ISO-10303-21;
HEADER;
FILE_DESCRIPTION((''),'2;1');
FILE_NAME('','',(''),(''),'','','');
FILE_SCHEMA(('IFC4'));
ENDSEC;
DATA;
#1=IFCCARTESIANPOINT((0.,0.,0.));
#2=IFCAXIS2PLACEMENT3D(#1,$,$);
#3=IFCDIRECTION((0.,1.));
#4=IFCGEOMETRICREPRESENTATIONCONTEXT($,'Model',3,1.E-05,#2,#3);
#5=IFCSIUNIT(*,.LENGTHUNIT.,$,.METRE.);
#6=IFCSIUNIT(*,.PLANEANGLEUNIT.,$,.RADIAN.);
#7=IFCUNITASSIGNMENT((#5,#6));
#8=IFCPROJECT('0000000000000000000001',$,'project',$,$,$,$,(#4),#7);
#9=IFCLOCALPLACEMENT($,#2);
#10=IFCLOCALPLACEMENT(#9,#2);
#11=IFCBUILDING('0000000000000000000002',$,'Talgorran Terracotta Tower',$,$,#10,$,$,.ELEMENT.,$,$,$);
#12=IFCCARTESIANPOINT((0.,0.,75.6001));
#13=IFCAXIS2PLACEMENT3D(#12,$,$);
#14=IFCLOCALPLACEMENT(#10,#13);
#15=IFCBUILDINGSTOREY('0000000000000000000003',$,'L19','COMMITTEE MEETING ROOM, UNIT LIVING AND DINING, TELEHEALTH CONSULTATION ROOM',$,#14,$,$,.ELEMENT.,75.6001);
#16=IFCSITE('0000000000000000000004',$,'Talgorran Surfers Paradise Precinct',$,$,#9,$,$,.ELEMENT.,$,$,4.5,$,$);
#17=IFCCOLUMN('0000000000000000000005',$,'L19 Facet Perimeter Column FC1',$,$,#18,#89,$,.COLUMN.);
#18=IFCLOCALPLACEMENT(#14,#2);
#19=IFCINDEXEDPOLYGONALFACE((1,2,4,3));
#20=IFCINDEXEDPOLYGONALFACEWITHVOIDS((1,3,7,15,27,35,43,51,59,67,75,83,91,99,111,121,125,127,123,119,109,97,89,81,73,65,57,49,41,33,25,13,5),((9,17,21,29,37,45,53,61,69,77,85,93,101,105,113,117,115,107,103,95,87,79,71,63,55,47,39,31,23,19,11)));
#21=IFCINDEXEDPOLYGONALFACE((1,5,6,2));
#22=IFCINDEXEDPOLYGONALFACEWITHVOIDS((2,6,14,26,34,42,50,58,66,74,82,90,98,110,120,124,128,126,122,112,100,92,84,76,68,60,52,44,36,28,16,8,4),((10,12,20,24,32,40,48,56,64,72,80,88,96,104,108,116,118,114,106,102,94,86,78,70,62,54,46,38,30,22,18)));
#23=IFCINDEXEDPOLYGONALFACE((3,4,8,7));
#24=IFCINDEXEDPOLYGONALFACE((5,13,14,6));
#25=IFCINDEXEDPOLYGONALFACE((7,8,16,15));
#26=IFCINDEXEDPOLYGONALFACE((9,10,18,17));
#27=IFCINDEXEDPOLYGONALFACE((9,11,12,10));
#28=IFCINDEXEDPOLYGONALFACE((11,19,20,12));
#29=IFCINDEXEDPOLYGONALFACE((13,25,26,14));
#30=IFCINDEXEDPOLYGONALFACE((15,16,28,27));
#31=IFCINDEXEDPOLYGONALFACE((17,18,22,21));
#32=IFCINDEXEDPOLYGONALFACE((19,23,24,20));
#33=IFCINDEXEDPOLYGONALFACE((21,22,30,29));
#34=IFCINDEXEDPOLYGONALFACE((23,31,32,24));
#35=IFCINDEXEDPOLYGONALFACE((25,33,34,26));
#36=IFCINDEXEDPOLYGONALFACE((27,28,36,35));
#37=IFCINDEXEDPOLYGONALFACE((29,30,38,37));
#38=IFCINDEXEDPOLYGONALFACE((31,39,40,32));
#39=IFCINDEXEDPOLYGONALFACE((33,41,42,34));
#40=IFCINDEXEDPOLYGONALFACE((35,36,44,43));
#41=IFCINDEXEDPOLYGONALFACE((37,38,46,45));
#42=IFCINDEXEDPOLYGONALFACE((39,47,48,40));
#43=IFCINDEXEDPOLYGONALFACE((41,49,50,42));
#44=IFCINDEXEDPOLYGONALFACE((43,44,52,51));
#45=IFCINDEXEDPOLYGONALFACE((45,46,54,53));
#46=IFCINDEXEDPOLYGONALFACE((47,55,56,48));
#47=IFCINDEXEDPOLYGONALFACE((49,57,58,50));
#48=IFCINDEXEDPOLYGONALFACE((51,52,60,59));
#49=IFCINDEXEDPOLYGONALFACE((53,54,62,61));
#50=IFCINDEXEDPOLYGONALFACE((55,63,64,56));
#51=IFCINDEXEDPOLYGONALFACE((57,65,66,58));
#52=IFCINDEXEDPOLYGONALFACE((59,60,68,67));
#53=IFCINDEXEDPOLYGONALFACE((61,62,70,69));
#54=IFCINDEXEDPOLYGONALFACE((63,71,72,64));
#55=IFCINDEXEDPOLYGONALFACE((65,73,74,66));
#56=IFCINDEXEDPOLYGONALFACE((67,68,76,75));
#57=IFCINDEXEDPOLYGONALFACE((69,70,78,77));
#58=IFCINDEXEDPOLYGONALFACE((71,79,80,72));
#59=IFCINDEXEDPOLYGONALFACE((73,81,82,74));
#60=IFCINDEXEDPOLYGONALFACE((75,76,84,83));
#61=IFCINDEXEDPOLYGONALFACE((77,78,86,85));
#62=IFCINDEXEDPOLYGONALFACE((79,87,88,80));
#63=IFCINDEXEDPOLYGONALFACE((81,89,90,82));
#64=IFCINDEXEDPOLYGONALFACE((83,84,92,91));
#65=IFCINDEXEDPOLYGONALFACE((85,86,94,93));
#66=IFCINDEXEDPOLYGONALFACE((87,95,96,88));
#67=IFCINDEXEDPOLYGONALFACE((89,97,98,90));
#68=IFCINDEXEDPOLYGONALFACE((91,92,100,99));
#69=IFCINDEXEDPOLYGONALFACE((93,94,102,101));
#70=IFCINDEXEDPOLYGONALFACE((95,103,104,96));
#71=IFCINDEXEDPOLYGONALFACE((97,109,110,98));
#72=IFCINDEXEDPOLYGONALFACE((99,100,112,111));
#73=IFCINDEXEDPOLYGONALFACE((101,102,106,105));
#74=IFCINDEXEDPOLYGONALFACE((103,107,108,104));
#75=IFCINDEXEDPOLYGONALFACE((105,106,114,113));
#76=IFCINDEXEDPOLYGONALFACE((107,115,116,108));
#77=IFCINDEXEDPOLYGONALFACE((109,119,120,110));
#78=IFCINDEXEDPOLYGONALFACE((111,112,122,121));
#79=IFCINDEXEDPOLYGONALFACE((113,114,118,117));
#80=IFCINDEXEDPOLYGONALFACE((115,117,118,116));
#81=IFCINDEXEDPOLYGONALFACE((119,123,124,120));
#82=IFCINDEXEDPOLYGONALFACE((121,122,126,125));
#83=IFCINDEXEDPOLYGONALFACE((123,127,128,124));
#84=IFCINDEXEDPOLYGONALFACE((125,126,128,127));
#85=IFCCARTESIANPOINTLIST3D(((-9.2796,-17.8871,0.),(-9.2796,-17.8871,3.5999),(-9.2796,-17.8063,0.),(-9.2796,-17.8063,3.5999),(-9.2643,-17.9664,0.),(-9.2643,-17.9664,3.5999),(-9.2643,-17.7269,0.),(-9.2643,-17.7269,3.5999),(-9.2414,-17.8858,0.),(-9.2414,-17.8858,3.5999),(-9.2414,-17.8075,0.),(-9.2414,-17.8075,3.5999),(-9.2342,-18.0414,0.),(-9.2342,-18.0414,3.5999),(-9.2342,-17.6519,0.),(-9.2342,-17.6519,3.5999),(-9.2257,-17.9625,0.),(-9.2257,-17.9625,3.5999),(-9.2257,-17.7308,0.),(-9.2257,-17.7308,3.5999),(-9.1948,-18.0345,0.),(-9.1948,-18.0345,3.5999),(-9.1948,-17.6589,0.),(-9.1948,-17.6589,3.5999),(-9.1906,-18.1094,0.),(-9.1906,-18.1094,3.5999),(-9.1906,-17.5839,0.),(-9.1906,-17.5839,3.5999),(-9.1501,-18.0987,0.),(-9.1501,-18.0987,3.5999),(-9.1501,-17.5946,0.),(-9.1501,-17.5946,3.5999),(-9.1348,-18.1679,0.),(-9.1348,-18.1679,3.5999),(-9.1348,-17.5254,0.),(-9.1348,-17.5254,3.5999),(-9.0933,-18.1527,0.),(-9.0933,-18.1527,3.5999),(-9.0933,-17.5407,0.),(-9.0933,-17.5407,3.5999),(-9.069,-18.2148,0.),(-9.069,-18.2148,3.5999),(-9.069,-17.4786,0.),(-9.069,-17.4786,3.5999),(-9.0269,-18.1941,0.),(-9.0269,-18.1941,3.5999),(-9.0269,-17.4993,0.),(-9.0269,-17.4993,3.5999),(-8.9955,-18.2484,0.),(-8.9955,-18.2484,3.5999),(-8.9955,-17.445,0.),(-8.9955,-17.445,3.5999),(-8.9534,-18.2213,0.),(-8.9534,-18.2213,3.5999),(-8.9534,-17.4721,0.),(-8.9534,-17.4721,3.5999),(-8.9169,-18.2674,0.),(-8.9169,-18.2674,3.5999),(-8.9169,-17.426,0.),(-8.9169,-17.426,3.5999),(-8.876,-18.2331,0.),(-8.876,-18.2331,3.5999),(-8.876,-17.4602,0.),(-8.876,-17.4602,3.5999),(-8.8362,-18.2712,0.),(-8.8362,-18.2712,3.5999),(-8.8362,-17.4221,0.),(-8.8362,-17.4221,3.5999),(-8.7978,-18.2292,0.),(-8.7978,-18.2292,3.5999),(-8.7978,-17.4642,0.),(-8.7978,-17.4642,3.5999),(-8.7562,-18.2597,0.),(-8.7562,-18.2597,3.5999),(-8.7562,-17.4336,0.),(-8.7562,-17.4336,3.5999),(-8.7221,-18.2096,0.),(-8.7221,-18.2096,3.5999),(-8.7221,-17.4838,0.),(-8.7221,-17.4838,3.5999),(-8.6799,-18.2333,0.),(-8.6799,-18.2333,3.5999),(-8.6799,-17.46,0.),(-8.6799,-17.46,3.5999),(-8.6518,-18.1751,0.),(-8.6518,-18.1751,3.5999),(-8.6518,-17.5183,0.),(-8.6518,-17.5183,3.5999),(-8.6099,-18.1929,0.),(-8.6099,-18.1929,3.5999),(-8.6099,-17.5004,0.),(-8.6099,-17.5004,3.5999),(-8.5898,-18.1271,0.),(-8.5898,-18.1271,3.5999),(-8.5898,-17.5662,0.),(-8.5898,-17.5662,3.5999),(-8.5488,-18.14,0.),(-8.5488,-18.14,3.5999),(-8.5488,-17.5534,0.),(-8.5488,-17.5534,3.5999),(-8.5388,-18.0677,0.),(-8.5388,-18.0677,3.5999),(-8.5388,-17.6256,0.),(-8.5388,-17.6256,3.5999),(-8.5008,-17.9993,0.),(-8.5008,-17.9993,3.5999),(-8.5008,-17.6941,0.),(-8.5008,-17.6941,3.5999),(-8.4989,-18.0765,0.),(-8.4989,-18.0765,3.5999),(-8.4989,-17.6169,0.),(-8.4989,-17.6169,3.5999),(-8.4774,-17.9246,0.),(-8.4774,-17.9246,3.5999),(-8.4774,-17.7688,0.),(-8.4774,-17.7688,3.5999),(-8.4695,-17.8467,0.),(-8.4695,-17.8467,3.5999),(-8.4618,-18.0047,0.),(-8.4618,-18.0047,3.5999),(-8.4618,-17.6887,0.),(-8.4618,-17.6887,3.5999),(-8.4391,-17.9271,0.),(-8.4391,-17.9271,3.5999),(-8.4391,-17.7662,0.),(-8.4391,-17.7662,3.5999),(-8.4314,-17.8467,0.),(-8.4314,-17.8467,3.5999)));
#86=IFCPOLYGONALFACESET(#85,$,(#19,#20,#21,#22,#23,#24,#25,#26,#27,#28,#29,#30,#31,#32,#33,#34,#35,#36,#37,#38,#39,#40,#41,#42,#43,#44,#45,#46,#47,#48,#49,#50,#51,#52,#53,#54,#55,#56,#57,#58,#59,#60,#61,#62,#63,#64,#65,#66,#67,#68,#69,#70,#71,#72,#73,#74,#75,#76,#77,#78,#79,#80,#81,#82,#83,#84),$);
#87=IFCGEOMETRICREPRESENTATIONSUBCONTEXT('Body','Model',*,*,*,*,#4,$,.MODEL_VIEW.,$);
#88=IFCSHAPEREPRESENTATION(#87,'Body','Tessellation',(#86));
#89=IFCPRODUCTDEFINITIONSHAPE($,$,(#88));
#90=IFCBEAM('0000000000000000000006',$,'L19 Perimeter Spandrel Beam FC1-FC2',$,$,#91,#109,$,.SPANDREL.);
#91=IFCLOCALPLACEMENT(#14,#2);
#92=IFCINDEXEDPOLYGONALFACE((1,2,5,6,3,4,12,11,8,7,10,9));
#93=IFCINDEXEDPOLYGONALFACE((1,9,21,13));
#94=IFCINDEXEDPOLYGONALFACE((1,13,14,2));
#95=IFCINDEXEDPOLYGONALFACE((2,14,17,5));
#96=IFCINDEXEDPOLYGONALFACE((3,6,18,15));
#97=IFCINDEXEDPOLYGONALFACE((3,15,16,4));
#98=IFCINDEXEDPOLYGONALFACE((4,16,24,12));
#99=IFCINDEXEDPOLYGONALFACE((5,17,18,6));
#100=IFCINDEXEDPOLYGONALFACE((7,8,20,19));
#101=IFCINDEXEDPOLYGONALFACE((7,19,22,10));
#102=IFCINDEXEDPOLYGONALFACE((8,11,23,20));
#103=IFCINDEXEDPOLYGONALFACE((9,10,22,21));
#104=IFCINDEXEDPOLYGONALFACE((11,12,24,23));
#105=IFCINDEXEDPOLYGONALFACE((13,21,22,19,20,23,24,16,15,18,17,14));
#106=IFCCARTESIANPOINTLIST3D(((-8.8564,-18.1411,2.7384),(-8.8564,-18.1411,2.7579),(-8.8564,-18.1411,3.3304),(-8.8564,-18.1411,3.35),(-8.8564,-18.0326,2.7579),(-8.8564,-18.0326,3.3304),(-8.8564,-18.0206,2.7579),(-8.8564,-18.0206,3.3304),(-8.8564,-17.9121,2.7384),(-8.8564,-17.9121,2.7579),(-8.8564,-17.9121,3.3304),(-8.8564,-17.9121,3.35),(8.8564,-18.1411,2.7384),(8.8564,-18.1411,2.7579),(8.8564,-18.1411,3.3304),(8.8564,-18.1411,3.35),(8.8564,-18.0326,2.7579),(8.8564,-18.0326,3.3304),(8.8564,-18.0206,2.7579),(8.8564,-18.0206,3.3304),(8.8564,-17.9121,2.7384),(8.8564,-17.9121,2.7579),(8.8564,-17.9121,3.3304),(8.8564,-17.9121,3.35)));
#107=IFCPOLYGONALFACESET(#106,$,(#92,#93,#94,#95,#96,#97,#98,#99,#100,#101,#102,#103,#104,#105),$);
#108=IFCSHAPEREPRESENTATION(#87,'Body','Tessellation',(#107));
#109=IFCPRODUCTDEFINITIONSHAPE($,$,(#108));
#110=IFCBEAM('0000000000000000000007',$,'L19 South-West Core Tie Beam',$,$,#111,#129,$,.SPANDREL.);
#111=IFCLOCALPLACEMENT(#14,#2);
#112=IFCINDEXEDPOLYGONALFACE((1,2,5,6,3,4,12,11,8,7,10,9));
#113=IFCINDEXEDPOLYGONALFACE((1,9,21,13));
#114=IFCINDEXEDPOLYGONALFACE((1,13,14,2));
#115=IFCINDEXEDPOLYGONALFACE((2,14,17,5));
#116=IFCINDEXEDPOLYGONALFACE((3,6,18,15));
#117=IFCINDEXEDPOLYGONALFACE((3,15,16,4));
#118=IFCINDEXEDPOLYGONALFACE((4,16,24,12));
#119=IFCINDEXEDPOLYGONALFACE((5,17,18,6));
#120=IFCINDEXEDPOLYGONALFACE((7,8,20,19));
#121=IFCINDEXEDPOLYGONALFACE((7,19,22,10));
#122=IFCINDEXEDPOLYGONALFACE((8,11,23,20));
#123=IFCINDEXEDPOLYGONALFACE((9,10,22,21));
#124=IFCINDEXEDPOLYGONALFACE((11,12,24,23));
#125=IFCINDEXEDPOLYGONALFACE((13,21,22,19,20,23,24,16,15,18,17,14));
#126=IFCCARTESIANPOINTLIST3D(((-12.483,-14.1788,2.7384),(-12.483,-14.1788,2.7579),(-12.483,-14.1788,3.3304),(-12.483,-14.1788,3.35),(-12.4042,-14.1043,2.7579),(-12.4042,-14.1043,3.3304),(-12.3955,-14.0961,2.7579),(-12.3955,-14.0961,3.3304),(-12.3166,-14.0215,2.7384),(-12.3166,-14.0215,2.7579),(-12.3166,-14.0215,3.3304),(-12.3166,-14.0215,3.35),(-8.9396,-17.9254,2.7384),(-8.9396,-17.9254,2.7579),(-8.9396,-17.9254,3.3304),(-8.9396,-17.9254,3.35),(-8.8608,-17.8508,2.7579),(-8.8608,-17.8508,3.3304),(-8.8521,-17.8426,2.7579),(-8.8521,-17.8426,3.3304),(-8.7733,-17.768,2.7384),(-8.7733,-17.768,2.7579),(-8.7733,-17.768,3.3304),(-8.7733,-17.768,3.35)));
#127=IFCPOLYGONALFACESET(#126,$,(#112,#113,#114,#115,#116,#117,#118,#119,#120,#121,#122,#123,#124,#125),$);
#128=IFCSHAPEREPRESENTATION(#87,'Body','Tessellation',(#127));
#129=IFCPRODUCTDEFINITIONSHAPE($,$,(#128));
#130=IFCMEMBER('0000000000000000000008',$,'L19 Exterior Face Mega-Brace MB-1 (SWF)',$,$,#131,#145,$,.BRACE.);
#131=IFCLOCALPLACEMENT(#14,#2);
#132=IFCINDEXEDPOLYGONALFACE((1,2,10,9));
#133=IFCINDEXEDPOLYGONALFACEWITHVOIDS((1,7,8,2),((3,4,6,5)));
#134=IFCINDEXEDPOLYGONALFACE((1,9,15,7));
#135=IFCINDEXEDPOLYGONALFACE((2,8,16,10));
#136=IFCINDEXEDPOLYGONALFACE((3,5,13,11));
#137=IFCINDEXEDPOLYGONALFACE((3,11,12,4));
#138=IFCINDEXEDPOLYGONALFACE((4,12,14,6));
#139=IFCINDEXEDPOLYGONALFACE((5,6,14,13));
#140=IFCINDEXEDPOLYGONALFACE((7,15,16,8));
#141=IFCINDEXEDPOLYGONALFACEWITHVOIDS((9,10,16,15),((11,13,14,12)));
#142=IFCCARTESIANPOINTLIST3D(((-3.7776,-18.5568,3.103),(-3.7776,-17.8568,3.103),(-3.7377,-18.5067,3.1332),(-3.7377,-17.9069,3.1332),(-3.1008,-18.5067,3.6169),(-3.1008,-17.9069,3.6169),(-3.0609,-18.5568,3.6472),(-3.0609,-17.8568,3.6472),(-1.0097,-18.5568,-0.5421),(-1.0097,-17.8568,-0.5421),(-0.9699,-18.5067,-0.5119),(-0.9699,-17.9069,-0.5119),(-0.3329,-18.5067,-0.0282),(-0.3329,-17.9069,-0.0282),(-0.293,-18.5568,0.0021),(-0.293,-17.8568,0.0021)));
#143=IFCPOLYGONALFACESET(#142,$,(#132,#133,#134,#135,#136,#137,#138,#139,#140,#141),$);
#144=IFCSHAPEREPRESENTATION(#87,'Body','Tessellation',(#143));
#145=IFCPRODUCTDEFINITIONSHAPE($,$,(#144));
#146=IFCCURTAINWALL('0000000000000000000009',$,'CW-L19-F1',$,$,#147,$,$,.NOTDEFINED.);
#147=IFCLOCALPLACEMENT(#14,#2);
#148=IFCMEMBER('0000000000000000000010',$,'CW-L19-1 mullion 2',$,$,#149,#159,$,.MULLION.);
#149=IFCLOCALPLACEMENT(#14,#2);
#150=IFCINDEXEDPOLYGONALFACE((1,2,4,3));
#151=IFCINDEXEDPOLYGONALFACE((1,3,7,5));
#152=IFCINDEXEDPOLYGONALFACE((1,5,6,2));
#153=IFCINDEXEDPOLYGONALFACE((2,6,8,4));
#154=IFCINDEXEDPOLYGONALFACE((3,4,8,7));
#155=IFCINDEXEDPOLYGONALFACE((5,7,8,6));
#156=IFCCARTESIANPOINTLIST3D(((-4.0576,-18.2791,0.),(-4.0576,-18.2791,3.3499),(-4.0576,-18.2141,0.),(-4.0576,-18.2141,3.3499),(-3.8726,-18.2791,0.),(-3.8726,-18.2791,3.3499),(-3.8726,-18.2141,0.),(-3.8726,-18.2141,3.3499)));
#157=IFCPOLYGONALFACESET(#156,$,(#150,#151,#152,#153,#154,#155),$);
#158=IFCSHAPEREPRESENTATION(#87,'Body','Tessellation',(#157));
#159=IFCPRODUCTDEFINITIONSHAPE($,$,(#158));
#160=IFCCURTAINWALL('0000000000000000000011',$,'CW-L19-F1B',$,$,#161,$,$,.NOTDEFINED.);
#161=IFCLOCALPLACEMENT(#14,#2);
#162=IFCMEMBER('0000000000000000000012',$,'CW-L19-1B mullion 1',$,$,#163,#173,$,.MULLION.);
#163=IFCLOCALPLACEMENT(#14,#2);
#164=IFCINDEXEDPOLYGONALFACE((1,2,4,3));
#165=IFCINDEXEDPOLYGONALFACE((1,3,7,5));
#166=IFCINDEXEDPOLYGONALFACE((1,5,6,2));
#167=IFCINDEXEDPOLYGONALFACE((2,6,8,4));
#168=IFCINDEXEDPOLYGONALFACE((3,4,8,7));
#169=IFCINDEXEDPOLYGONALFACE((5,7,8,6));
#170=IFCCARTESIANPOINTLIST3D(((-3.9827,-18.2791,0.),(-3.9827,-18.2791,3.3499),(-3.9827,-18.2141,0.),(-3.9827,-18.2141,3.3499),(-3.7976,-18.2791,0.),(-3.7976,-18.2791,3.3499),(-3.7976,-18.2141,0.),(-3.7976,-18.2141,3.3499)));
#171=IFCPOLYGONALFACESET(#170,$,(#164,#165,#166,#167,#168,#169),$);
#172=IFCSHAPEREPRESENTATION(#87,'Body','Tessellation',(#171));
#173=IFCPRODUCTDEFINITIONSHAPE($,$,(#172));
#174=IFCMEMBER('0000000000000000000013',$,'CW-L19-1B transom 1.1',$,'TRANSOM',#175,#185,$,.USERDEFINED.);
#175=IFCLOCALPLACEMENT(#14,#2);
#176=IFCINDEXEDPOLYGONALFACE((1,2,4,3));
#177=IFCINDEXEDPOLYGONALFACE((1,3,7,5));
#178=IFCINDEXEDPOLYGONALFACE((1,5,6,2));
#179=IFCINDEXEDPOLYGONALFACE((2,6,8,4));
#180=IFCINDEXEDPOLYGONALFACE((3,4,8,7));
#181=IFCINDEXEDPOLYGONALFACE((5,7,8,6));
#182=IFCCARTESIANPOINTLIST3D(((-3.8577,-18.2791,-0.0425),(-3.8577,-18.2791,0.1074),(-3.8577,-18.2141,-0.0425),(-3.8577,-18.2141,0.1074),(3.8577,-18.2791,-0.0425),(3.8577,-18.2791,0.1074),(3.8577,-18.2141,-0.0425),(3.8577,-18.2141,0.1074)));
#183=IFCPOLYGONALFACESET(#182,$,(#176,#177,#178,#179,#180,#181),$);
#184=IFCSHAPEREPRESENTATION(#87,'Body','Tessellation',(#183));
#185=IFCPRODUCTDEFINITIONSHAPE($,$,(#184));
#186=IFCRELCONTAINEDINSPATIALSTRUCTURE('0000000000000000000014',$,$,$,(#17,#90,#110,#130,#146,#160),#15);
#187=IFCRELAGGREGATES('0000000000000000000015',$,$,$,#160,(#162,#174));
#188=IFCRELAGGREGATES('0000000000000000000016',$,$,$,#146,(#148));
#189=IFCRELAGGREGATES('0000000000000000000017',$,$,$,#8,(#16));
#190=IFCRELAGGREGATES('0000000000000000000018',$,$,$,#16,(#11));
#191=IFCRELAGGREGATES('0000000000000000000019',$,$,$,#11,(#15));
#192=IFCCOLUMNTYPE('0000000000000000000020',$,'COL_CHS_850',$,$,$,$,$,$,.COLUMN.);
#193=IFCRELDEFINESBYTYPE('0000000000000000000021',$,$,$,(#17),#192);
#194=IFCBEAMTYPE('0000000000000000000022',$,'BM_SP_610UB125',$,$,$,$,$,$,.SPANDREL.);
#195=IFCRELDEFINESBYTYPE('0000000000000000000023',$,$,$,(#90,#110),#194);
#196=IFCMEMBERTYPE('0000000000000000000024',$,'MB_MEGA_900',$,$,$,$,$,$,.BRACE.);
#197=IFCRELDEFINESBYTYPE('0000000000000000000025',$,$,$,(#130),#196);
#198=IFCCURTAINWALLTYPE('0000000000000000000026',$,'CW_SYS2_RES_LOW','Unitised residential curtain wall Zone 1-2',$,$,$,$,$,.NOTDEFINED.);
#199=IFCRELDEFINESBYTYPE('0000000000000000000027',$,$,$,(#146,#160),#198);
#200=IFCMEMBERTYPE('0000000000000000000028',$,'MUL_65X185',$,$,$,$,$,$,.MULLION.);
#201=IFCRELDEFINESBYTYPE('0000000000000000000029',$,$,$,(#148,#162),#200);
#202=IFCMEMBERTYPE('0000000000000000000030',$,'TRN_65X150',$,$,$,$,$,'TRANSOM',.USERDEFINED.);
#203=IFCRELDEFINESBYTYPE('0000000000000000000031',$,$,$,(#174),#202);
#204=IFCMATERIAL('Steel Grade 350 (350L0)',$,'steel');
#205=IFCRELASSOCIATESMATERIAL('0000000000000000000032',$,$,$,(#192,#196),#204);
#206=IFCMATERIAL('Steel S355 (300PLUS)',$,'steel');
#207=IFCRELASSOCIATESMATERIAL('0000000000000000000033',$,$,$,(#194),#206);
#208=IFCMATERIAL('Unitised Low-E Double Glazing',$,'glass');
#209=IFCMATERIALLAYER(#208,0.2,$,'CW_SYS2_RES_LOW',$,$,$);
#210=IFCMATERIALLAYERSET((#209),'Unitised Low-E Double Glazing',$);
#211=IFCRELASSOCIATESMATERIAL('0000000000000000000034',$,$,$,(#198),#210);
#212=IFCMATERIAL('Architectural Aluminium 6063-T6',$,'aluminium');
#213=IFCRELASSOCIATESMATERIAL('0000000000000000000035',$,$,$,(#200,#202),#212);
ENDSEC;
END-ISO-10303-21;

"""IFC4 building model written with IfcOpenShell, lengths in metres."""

from ifc_helpers import new_model, si_unit, direction, frame, origin, origin_2d, place, context, subcontext, project, spatial, rectangle, hollow_rectangle, hollow_circle, i_section, extrude, material, layer, layer_set, material_profile, profile_set, type_object, element, aggregate, save


model = new_model("IFC4")

# Units and contexts
model_context = context("Model", 3, precision=1e-05, world=origin(), true_north=direction((0.0, 1.0)))
body_context = subcontext(model_context, "Body", "Model", "MODEL_VIEW")
ifc_project = project(units=[si_unit("LENGTHUNIT", "METRE"), si_unit("PLANEANGLEUNIT", "RADIAN")], contexts=[model_context])

# Site, building, storey
site_placement = place(None, origin())
site = spatial("IfcSite", under=ifc_project, at=site_placement, Name="Talgorran Surfers Paradise Precinct", CompositionType="ELEMENT", RefElevation=4.5)
building_placement = place(site_placement, origin())
building = spatial("IfcBuilding", under=site, at=building_placement, Name="Talgorran Terracotta Tower", CompositionType="ELEMENT")
storey_placement = place(building_placement, frame((0.0, 0.0, 75.6001)))
storey = spatial("IfcBuildingStorey", under=building, at=storey_placement, Name="L19", Description="COMMITTEE MEETING ROOM, UNIT LIVING AND DINING, TELEHEALTH CONSULTATION ROOM", CompositionType="ELEMENT", Elevation=75.6001)

# Column
ifc_material_1 = material(Name="Steel Grade 350 (350L0)", Category="steel")
ifc_material_profile_1 = material_profile(ifc_material_1, hollow_circle(Radius=0.425, WallThickness=0.0381, at=origin_2d()), Name="CHS850X38")
ifc_profile_set_1 = profile_set([ifc_material_profile_1], Name="Steel Grade 350 (350L0)")
column_type = type_object("IfcColumnType", Name="COL_CHS_850", PredefinedType="COLUMN", material=ifc_profile_set_1)
column_placement = place(storey_placement, frame((-8.8564, -17.8467, 0.0), z_axis=(0.0, 0.0, 1.0), x_axis=(1.0, 0.0, 0.0)))
element("IfcColumn", 1, at=column_placement, inside=storey, type_object=column_type, Name="L19 Facet Perimeter Column FC1", PredefinedType="COLUMN", context=body_context, shape_type="SweptSolid", body=[
    extrude(hollow_circle(Radius=0.425, WallThickness=0.0381, at=origin_2d()), origin(), (0.0, 0.0, 1.0), 3.5999),
])

# Beams
ifc_material_2 = material(Name="Steel S355 (300PLUS)", Category="steel")
ifc_material_profile_2 = material_profile(ifc_material_2, i_section(OverallWidth=0.229, OverallDepth=0.6116, WebThickness=0.012, FlangeThickness=0.0195, at=origin_2d()), Name="610UB125")
ifc_profile_set_2 = profile_set([ifc_material_profile_2], Name="Steel S355 (300PLUS)")
beam_type = type_object("IfcBeamType", Name="BM_SP_610UB125", PredefinedType="SPANDREL", material=ifc_profile_set_2)
beam_1_placement = place(storey_placement, frame((-8.8564, -18.0266, 3.0442), z_axis=(1.0, 0.0, 0.0), x_axis=(0.0, 1.0, 0.0)))
element("IfcBeam", 2, at=beam_1_placement, inside=storey, type_object=beam_type, Name="L19 Perimeter Spandrel Beam FC1-FC2", PredefinedType="SPANDREL", context=body_context, shape_type="SweptSolid", body=[
    extrude(i_section(OverallWidth=0.229, OverallDepth=0.6116, WebThickness=0.012, FlangeThickness=0.0195, at=origin_2d()), origin(), (0.0, 0.0, 1.0), 17.7129),
])
beam_2_placement = place(storey_placement, frame((-8.8564, -17.8467, 3.0442), z_axis=(-0.687138, 0.726527, 0.0), x_axis=(-0.726527, -0.687138, 0.0)))
element("IfcBeam", 3, at=beam_2_placement, inside=storey, type_object=beam_type, Name="L19 South-West Core Tie Beam", PredefinedType="SPANDREL", context=body_context, shape_type="SweptSolid", body=[
    extrude(i_section(OverallWidth=0.229, OverallDepth=0.6116, WebThickness=0.012, FlangeThickness=0.0195, at=origin_2d()), origin(), (0.0, 0.0, 1.0), 5.1567),
])

# Member
ifc_material_profile_3 = material_profile(ifc_material_1, hollow_rectangle(XDim=0.7, YDim=0.8999, WallThickness=0.05, at=origin_2d()), Name="WBOX900X700X50")
ifc_profile_set_3 = profile_set([ifc_material_profile_3], Name="Steel Grade 350 (350L0)")
member_type_1 = type_object("IfcMemberType", Name="MB_MEGA_900", PredefinedType="BRACE", material=ifc_profile_set_3)
member_1_placement = place(storey_placement, frame((-0.6514, -18.2068, -0.27), z_axis=(-0.604752, 0.0, 0.796414), x_axis=(0.0, -1.0, 0.0)))
element("IfcMember", 4, at=member_1_placement, inside=storey, type_object=member_type_1, Name="L19 Exterior Face Mega-Brace MB-1 (SWF)", PredefinedType="BRACE", context=body_context, shape_type="SweptSolid", body=[
    extrude(hollow_rectangle(XDim=0.7, YDim=0.8999, WallThickness=0.05, at=origin_2d()), origin(), (0.0, 0.0, 1.0), 4.5769),
])

# Curtain wall, member
ifc_material_3 = material(Name="Unitised Low-E Double Glazing", Category="glass")
ifc_layer_1 = layer(ifc_material_3, 0.2, Name="CW_SYS2_RES_LOW")
ifc_layer_set_1 = layer_set([ifc_layer_1], Name="Unitised Low-E Double Glazing")
curtain_wall_type = type_object("IfcCurtainWallType", Name="CW_SYS2_RES_LOW", Description="Unitised residential curtain wall Zone 1-2", PredefinedType="NOTDEFINED", material=ifc_layer_set_1)
curtain_wall_1_placement = place(storey_placement, origin())
curtain_wall_1 = element("IfcCurtainWall", 5, at=curtain_wall_1_placement, inside=storey, type_object=curtain_wall_type, Name="CW-L19-F1", PredefinedType="NOTDEFINED")
ifc_material_4 = material(Name="Architectural Aluminium 6063-T6", Category="aluminium")
ifc_material_profile_4 = material_profile(ifc_material_4, rectangle(XDim=0.0649, YDim=0.1851, at=origin_2d()), Name="CWM65X185")
ifc_profile_set_4 = profile_set([ifc_material_profile_4], Name="Architectural Aluminium 6063-T6")
member_type_2 = type_object("IfcMemberType", Name="MUL_65X185", PredefinedType="MULLION", material=ifc_profile_set_4)
member_2_placement = place(storey_placement, frame((-3.9651, -18.2466, 0.0), z_axis=(0.0, 0.0, 1.0), x_axis=(0.0, 1.0, 0.0)))
member_2 = element("IfcMember", 6, at=member_2_placement, type_object=member_type_2, Name="CW-L19-1 mullion 2", PredefinedType="MULLION", context=body_context, shape_type="SweptSolid", body=[
    extrude(rectangle(XDim=0.0649, YDim=0.1851, at=origin_2d()), origin(), (0.0, 0.0, 1.0), 3.3499),
])

# Curtain wall, members
curtain_wall_2_placement = place(storey_placement, origin())
curtain_wall_2 = element("IfcCurtainWall", 7, at=curtain_wall_2_placement, inside=storey, type_object=curtain_wall_type, Name="CW-L19-F1B", PredefinedType="NOTDEFINED")
member_3_placement = place(storey_placement, frame((-3.8901, -18.2466, 0.0), z_axis=(0.0, 0.0, 1.0), x_axis=(0.0, 1.0, 0.0)))
member_3 = element("IfcMember", 8, at=member_3_placement, type_object=member_type_2, Name="CW-L19-1B mullion 1", PredefinedType="MULLION", context=body_context, shape_type="SweptSolid", body=[
    extrude(rectangle(XDim=0.0649, YDim=0.1851, at=origin_2d()), origin(), (0.0, 0.0, 1.0), 3.3499),
])
ifc_material_profile_5 = material_profile(ifc_material_4, rectangle(XDim=0.0649, YDim=0.1499, at=origin_2d()), Name="CWT65X150")
ifc_profile_set_5 = profile_set([ifc_material_profile_5], Name="Architectural Aluminium 6063-T6")
member_type_3 = type_object("IfcMemberType", Name="TRN_65X150", ElementType="TRANSOM", PredefinedType="USERDEFINED", material=ifc_profile_set_5)
member_4_placement = place(storey_placement, frame((-3.8577, -18.2466, 0.0325), z_axis=(1.0, 0.0, 0.0), x_axis=(0.0, 1.0, 0.0)))
member_4 = element("IfcMember", 9, at=member_4_placement, type_object=member_type_3, Name="CW-L19-1B transom 1.1", ObjectType="TRANSOM", PredefinedType="USERDEFINED", context=body_context, shape_type="SweptSolid", body=[
    extrude(rectangle(XDim=0.0649, YDim=0.1499, at=origin_2d()), origin(), (0.0, 0.0, 1.0), 7.7153),
])
aggregate(curtain_wall_2, [member_3, member_4])

aggregate(curtain_wall_1, [member_2])

save(model, "model.ifc")
